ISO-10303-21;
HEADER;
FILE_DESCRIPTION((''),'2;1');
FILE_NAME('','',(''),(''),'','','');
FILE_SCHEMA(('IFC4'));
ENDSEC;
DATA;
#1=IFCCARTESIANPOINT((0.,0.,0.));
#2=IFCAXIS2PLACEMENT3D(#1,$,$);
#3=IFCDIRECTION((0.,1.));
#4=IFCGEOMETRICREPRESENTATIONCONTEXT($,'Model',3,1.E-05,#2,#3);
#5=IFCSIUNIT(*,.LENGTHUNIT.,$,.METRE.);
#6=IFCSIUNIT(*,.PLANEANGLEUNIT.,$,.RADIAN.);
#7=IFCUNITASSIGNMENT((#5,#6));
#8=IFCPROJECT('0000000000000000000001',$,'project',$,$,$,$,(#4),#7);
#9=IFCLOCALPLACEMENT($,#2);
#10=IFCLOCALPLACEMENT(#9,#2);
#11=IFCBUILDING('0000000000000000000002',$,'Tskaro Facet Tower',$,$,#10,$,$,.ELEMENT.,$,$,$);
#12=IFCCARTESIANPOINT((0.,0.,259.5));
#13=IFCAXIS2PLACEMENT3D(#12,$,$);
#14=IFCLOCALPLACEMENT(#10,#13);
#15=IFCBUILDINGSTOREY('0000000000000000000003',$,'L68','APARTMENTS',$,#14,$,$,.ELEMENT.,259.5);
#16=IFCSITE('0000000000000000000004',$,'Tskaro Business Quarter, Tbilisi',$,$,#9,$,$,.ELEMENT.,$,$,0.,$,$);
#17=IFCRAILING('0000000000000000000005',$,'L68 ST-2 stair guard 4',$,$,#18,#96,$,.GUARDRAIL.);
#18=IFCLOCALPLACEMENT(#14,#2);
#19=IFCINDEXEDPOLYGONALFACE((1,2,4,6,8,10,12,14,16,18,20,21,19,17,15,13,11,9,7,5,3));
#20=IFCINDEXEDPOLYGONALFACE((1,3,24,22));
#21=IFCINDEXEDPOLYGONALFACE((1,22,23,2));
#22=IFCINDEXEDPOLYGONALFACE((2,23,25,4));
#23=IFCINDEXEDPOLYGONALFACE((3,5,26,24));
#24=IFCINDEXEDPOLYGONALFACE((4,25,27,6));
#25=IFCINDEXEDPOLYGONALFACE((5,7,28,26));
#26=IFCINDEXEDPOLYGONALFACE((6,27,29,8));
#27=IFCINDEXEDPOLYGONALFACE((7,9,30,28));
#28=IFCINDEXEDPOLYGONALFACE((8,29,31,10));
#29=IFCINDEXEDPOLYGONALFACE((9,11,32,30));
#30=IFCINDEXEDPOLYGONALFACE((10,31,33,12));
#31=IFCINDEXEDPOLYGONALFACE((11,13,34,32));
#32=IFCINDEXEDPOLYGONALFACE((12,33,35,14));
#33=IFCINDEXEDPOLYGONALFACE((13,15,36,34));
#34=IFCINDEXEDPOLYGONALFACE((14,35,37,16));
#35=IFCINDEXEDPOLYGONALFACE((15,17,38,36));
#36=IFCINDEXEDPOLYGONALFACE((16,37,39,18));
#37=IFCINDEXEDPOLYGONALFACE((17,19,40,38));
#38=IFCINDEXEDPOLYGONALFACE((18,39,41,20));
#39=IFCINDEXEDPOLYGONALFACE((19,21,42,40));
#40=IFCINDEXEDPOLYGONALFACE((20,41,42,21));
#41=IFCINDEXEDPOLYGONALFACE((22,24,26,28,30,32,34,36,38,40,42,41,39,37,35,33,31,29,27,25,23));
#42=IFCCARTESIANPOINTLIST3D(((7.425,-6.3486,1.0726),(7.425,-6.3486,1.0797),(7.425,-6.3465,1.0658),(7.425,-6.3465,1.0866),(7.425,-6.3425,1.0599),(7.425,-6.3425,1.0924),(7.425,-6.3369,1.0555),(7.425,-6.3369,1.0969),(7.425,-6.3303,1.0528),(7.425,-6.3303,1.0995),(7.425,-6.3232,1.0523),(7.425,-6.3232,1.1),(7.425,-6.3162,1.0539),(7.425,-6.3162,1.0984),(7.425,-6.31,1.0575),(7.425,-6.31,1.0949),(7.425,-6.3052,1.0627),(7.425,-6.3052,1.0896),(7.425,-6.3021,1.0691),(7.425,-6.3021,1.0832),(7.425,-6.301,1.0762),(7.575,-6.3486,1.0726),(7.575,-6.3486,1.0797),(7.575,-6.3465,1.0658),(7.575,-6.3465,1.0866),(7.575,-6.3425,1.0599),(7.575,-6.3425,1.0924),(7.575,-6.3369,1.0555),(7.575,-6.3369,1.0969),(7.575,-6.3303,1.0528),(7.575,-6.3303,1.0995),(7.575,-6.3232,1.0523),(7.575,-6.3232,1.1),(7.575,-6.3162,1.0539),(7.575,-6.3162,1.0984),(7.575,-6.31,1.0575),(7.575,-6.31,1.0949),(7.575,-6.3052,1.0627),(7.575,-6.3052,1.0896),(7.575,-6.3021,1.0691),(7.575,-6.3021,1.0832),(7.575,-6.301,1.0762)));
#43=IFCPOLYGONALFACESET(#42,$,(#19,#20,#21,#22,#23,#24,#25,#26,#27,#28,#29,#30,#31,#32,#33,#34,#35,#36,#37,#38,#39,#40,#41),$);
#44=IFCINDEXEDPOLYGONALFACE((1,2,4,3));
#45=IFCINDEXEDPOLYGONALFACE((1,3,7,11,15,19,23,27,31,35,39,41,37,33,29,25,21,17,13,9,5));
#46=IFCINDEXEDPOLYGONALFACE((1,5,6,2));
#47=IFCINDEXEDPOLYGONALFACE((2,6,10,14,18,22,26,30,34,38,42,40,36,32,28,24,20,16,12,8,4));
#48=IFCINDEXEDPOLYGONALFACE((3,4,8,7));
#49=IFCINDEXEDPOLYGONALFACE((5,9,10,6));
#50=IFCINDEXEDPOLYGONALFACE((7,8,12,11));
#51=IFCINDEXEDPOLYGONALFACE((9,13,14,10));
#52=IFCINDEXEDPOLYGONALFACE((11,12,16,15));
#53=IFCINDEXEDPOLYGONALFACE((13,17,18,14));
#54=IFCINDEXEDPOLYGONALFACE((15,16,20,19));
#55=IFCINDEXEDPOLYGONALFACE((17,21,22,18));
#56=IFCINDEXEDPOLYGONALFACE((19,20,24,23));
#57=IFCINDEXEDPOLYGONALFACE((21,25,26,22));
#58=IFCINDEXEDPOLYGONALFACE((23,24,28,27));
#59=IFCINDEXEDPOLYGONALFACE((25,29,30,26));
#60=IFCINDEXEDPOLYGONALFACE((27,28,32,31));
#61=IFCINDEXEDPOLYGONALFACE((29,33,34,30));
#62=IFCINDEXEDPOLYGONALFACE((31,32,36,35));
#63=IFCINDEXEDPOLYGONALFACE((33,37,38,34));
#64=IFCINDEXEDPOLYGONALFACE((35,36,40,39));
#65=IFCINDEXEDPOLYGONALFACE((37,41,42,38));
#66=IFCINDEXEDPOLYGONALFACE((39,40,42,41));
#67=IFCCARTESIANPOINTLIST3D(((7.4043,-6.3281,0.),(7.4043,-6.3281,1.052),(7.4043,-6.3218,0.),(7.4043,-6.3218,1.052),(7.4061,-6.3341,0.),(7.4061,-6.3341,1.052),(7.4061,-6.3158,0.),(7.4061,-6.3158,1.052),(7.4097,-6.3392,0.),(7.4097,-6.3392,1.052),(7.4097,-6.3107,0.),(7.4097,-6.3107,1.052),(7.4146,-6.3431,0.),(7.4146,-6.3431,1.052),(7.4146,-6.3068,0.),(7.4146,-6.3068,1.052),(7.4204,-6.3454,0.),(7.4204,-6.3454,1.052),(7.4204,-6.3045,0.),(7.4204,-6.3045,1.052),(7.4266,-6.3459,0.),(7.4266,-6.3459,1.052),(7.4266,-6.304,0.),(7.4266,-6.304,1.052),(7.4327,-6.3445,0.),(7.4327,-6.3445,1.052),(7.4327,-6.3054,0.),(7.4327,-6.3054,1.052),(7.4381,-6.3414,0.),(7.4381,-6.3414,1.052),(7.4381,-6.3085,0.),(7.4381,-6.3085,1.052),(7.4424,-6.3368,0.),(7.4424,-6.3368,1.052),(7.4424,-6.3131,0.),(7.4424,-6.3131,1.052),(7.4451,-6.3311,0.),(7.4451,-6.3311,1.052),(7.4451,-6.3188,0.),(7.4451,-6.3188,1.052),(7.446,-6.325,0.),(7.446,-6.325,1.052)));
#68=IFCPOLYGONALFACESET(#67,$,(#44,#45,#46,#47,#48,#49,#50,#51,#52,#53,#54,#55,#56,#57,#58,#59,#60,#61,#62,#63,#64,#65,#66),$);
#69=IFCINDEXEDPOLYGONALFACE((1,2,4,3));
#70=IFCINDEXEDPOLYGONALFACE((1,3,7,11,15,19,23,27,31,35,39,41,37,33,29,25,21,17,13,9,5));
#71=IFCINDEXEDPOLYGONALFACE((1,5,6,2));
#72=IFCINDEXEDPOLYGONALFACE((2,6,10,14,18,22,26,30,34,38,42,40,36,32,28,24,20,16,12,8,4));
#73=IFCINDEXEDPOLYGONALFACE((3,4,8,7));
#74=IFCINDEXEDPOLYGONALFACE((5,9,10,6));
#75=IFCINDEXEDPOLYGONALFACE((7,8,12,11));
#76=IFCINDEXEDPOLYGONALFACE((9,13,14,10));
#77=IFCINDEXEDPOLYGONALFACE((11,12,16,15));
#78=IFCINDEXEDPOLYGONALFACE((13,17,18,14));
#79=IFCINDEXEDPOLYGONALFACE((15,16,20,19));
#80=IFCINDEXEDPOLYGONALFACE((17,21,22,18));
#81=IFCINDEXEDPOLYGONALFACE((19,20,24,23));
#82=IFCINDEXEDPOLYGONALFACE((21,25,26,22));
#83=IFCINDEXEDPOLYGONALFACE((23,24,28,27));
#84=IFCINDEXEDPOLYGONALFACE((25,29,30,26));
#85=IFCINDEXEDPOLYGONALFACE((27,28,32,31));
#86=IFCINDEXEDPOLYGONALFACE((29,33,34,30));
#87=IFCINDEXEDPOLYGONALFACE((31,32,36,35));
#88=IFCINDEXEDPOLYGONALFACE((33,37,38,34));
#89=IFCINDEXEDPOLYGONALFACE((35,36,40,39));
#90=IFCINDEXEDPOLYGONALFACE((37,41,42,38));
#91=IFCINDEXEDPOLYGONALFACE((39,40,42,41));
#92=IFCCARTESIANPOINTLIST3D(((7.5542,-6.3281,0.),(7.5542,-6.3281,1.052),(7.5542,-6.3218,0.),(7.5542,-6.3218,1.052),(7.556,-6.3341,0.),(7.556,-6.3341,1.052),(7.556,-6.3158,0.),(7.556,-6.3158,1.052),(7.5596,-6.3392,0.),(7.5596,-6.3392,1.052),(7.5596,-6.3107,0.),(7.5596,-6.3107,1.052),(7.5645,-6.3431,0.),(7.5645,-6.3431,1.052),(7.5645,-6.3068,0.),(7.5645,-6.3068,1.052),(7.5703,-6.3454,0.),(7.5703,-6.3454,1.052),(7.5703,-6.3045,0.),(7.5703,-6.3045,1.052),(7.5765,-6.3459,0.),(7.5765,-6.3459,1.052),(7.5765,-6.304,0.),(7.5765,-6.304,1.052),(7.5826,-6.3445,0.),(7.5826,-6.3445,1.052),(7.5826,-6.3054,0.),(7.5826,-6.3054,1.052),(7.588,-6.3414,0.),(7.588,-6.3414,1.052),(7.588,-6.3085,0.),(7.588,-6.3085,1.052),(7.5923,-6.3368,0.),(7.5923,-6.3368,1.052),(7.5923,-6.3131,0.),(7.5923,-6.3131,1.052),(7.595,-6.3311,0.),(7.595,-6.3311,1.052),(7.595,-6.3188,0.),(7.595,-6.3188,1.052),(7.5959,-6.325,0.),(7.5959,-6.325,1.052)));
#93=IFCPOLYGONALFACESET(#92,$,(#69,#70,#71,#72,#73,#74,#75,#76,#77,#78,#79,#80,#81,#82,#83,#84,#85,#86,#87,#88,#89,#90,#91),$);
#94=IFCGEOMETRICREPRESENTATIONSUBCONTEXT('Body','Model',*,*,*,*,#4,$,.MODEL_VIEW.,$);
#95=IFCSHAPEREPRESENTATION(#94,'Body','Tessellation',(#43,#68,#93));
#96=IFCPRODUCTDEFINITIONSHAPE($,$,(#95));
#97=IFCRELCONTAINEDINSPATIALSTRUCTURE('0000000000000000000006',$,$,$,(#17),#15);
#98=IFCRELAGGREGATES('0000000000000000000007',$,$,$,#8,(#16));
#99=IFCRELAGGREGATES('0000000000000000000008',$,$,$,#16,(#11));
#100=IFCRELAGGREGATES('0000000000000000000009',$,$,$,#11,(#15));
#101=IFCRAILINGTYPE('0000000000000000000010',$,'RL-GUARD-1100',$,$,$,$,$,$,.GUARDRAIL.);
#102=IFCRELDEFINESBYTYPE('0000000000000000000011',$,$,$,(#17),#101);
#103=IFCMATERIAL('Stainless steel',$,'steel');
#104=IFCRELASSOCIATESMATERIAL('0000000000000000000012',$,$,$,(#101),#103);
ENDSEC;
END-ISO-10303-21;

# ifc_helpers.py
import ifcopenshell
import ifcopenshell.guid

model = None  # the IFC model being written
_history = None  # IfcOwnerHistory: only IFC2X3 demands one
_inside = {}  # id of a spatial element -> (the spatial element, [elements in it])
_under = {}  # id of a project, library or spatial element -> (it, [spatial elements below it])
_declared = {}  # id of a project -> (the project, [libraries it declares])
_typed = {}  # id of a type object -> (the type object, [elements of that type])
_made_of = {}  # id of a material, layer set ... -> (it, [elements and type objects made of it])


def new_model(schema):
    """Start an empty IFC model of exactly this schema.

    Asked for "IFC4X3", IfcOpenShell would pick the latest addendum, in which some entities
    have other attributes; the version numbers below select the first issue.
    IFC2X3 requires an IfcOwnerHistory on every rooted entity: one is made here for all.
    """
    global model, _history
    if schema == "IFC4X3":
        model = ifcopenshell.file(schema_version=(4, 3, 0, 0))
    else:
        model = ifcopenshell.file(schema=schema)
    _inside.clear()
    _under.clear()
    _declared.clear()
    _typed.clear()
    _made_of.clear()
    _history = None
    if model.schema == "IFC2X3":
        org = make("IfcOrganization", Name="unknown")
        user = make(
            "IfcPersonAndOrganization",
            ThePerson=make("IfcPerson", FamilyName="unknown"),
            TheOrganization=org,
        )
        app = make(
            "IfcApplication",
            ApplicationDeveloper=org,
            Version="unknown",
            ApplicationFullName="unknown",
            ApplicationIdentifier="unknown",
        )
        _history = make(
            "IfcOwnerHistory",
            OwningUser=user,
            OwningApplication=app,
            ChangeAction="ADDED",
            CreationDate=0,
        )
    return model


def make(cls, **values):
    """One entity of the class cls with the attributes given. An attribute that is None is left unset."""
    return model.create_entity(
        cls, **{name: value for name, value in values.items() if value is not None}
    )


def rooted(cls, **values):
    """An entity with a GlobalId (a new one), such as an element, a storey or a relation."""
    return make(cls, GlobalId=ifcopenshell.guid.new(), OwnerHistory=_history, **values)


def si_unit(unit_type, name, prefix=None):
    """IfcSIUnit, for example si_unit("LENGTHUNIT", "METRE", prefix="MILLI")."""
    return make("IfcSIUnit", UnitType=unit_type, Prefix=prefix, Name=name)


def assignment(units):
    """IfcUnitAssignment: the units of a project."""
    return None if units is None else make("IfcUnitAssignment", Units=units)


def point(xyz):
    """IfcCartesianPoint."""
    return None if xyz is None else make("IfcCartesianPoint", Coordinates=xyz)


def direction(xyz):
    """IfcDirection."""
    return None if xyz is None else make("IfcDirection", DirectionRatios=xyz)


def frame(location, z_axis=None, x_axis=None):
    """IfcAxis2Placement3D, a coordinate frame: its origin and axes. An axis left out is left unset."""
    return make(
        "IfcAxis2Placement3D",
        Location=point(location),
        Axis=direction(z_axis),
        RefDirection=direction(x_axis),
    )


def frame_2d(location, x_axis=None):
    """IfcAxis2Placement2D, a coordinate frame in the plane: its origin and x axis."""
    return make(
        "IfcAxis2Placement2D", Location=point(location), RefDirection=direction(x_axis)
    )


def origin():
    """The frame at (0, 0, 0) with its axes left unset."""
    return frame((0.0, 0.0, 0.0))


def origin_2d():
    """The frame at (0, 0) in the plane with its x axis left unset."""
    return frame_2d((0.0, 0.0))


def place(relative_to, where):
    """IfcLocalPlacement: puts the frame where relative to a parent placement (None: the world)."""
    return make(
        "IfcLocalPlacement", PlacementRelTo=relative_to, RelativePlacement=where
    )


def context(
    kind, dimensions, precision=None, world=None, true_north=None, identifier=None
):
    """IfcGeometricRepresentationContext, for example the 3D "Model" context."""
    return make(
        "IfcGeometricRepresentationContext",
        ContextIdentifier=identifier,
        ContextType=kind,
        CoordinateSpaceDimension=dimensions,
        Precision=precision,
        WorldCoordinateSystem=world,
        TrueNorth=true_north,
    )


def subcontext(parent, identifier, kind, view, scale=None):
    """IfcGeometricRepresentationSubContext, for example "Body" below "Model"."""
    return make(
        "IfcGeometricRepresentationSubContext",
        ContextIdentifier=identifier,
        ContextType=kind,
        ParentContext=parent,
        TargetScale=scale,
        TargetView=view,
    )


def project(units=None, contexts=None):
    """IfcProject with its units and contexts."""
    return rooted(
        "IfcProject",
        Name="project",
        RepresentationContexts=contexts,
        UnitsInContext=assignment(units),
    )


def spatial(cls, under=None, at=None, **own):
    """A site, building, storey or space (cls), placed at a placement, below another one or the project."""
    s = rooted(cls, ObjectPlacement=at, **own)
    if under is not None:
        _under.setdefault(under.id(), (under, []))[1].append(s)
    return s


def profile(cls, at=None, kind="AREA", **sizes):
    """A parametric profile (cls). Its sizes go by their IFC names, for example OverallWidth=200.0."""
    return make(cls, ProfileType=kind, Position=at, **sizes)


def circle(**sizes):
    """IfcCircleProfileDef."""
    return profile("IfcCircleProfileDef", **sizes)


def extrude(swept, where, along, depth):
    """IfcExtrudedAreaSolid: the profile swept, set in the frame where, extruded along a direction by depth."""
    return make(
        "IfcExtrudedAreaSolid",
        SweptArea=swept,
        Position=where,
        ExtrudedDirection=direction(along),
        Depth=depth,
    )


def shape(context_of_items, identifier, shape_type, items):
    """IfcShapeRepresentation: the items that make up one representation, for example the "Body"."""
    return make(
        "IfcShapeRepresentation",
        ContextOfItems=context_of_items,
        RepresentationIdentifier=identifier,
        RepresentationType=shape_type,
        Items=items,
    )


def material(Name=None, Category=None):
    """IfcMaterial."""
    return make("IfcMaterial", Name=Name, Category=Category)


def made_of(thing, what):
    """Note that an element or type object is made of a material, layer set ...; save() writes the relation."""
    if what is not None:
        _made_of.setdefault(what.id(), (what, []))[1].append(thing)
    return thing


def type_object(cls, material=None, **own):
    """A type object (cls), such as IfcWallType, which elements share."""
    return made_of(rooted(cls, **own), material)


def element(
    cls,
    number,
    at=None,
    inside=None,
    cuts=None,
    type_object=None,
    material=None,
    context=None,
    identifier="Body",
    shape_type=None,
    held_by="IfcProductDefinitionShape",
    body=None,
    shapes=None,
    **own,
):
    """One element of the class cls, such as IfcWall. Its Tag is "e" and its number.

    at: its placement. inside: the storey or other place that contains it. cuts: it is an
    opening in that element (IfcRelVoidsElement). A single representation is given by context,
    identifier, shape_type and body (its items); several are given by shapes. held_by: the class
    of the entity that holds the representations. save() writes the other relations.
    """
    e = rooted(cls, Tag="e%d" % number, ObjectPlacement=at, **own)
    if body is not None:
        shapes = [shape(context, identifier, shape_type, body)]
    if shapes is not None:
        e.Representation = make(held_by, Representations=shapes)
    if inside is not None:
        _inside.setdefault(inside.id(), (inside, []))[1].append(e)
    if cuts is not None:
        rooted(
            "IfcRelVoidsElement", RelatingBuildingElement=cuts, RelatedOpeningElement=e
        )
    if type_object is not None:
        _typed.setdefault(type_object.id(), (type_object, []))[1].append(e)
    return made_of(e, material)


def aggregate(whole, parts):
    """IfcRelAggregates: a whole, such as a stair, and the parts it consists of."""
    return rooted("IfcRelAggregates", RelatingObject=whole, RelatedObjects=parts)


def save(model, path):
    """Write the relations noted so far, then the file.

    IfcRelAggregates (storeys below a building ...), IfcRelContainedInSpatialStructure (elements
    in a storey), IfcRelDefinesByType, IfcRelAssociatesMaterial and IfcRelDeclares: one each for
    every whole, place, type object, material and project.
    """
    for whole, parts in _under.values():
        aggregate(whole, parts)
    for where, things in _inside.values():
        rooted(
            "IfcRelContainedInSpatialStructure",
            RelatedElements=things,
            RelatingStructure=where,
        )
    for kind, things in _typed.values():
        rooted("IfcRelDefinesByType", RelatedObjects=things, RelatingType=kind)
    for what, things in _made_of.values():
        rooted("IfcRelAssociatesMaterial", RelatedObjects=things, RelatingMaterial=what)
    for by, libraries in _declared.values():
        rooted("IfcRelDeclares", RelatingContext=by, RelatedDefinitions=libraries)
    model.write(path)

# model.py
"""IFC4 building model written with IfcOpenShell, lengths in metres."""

from ifc_helpers import new_model, si_unit, direction, frame, origin, origin_2d, place, context, subcontext, project, spatial, circle, extrude, material, type_object, element, save


model = new_model("IFC4")

# Units and contexts
model_context = context("Model", 3, precision=1e-05, world=origin(), true_north=direction((0.0, 1.0)))
body_context = subcontext(model_context, "Body", "Model", "MODEL_VIEW")
ifc_project = project(units=[si_unit("LENGTHUNIT", "METRE"), si_unit("PLANEANGLEUNIT", "RADIAN")], contexts=[model_context])

# Site, building, storey
site_placement = place(None, origin())
site = spatial("IfcSite", under=ifc_project, at=site_placement, Name="Tskaro Business Quarter, Tbilisi", CompositionType="ELEMENT", RefElevation=0.0)
building_placement = place(site_placement, origin())
building = spatial("IfcBuilding", under=site, at=building_placement, Name="Tskaro Facet Tower", CompositionType="ELEMENT")
storey_placement = place(building_placement, frame((0.0, 0.0, 259.5)))
storey = spatial("IfcBuildingStorey", under=building, at=storey_placement, Name="L68", Description="APARTMENTS", CompositionType="ELEMENT", Elevation=259.5)

# Railing
ifc_material_1 = material(Name="Stainless steel", Category="steel")
railing_type_1 = type_object("IfcRailingType", Name="RL-GUARD-1100", PredefinedType="GUARDRAIL", material=ifc_material_1)
railing_1_placement = place(storey_placement, frame((7.425, -6.325, 0.0)))
element("IfcRailing", 1, at=railing_1_placement, inside=storey, type_object=railing_type_1, Name="L68 ST-2 stair guard 4", PredefinedType="GUARDRAIL", context=body_context, shape_type="SweptSolid", body=[
    extrude(circle(Radius=0.0239, at=origin_2d()), frame((0.0, 0.0, 1.0762), z_axis=(1.0, 0.0, 0.0), x_axis=(0.0, 1.0, 0.0)), (0.0, 0.0, 1.0), 0.1499),
    extrude(circle(Radius=0.021, at=origin_2d()), origin(), (0.0, 0.0, 1.0), 1.052),
    extrude(circle(Radius=0.021, at=origin_2d()), frame((0.1499, 0.0, 0.0)), (0.0, 0.0, 1.0), 1.052),
])

save(model, "model.ifc")
